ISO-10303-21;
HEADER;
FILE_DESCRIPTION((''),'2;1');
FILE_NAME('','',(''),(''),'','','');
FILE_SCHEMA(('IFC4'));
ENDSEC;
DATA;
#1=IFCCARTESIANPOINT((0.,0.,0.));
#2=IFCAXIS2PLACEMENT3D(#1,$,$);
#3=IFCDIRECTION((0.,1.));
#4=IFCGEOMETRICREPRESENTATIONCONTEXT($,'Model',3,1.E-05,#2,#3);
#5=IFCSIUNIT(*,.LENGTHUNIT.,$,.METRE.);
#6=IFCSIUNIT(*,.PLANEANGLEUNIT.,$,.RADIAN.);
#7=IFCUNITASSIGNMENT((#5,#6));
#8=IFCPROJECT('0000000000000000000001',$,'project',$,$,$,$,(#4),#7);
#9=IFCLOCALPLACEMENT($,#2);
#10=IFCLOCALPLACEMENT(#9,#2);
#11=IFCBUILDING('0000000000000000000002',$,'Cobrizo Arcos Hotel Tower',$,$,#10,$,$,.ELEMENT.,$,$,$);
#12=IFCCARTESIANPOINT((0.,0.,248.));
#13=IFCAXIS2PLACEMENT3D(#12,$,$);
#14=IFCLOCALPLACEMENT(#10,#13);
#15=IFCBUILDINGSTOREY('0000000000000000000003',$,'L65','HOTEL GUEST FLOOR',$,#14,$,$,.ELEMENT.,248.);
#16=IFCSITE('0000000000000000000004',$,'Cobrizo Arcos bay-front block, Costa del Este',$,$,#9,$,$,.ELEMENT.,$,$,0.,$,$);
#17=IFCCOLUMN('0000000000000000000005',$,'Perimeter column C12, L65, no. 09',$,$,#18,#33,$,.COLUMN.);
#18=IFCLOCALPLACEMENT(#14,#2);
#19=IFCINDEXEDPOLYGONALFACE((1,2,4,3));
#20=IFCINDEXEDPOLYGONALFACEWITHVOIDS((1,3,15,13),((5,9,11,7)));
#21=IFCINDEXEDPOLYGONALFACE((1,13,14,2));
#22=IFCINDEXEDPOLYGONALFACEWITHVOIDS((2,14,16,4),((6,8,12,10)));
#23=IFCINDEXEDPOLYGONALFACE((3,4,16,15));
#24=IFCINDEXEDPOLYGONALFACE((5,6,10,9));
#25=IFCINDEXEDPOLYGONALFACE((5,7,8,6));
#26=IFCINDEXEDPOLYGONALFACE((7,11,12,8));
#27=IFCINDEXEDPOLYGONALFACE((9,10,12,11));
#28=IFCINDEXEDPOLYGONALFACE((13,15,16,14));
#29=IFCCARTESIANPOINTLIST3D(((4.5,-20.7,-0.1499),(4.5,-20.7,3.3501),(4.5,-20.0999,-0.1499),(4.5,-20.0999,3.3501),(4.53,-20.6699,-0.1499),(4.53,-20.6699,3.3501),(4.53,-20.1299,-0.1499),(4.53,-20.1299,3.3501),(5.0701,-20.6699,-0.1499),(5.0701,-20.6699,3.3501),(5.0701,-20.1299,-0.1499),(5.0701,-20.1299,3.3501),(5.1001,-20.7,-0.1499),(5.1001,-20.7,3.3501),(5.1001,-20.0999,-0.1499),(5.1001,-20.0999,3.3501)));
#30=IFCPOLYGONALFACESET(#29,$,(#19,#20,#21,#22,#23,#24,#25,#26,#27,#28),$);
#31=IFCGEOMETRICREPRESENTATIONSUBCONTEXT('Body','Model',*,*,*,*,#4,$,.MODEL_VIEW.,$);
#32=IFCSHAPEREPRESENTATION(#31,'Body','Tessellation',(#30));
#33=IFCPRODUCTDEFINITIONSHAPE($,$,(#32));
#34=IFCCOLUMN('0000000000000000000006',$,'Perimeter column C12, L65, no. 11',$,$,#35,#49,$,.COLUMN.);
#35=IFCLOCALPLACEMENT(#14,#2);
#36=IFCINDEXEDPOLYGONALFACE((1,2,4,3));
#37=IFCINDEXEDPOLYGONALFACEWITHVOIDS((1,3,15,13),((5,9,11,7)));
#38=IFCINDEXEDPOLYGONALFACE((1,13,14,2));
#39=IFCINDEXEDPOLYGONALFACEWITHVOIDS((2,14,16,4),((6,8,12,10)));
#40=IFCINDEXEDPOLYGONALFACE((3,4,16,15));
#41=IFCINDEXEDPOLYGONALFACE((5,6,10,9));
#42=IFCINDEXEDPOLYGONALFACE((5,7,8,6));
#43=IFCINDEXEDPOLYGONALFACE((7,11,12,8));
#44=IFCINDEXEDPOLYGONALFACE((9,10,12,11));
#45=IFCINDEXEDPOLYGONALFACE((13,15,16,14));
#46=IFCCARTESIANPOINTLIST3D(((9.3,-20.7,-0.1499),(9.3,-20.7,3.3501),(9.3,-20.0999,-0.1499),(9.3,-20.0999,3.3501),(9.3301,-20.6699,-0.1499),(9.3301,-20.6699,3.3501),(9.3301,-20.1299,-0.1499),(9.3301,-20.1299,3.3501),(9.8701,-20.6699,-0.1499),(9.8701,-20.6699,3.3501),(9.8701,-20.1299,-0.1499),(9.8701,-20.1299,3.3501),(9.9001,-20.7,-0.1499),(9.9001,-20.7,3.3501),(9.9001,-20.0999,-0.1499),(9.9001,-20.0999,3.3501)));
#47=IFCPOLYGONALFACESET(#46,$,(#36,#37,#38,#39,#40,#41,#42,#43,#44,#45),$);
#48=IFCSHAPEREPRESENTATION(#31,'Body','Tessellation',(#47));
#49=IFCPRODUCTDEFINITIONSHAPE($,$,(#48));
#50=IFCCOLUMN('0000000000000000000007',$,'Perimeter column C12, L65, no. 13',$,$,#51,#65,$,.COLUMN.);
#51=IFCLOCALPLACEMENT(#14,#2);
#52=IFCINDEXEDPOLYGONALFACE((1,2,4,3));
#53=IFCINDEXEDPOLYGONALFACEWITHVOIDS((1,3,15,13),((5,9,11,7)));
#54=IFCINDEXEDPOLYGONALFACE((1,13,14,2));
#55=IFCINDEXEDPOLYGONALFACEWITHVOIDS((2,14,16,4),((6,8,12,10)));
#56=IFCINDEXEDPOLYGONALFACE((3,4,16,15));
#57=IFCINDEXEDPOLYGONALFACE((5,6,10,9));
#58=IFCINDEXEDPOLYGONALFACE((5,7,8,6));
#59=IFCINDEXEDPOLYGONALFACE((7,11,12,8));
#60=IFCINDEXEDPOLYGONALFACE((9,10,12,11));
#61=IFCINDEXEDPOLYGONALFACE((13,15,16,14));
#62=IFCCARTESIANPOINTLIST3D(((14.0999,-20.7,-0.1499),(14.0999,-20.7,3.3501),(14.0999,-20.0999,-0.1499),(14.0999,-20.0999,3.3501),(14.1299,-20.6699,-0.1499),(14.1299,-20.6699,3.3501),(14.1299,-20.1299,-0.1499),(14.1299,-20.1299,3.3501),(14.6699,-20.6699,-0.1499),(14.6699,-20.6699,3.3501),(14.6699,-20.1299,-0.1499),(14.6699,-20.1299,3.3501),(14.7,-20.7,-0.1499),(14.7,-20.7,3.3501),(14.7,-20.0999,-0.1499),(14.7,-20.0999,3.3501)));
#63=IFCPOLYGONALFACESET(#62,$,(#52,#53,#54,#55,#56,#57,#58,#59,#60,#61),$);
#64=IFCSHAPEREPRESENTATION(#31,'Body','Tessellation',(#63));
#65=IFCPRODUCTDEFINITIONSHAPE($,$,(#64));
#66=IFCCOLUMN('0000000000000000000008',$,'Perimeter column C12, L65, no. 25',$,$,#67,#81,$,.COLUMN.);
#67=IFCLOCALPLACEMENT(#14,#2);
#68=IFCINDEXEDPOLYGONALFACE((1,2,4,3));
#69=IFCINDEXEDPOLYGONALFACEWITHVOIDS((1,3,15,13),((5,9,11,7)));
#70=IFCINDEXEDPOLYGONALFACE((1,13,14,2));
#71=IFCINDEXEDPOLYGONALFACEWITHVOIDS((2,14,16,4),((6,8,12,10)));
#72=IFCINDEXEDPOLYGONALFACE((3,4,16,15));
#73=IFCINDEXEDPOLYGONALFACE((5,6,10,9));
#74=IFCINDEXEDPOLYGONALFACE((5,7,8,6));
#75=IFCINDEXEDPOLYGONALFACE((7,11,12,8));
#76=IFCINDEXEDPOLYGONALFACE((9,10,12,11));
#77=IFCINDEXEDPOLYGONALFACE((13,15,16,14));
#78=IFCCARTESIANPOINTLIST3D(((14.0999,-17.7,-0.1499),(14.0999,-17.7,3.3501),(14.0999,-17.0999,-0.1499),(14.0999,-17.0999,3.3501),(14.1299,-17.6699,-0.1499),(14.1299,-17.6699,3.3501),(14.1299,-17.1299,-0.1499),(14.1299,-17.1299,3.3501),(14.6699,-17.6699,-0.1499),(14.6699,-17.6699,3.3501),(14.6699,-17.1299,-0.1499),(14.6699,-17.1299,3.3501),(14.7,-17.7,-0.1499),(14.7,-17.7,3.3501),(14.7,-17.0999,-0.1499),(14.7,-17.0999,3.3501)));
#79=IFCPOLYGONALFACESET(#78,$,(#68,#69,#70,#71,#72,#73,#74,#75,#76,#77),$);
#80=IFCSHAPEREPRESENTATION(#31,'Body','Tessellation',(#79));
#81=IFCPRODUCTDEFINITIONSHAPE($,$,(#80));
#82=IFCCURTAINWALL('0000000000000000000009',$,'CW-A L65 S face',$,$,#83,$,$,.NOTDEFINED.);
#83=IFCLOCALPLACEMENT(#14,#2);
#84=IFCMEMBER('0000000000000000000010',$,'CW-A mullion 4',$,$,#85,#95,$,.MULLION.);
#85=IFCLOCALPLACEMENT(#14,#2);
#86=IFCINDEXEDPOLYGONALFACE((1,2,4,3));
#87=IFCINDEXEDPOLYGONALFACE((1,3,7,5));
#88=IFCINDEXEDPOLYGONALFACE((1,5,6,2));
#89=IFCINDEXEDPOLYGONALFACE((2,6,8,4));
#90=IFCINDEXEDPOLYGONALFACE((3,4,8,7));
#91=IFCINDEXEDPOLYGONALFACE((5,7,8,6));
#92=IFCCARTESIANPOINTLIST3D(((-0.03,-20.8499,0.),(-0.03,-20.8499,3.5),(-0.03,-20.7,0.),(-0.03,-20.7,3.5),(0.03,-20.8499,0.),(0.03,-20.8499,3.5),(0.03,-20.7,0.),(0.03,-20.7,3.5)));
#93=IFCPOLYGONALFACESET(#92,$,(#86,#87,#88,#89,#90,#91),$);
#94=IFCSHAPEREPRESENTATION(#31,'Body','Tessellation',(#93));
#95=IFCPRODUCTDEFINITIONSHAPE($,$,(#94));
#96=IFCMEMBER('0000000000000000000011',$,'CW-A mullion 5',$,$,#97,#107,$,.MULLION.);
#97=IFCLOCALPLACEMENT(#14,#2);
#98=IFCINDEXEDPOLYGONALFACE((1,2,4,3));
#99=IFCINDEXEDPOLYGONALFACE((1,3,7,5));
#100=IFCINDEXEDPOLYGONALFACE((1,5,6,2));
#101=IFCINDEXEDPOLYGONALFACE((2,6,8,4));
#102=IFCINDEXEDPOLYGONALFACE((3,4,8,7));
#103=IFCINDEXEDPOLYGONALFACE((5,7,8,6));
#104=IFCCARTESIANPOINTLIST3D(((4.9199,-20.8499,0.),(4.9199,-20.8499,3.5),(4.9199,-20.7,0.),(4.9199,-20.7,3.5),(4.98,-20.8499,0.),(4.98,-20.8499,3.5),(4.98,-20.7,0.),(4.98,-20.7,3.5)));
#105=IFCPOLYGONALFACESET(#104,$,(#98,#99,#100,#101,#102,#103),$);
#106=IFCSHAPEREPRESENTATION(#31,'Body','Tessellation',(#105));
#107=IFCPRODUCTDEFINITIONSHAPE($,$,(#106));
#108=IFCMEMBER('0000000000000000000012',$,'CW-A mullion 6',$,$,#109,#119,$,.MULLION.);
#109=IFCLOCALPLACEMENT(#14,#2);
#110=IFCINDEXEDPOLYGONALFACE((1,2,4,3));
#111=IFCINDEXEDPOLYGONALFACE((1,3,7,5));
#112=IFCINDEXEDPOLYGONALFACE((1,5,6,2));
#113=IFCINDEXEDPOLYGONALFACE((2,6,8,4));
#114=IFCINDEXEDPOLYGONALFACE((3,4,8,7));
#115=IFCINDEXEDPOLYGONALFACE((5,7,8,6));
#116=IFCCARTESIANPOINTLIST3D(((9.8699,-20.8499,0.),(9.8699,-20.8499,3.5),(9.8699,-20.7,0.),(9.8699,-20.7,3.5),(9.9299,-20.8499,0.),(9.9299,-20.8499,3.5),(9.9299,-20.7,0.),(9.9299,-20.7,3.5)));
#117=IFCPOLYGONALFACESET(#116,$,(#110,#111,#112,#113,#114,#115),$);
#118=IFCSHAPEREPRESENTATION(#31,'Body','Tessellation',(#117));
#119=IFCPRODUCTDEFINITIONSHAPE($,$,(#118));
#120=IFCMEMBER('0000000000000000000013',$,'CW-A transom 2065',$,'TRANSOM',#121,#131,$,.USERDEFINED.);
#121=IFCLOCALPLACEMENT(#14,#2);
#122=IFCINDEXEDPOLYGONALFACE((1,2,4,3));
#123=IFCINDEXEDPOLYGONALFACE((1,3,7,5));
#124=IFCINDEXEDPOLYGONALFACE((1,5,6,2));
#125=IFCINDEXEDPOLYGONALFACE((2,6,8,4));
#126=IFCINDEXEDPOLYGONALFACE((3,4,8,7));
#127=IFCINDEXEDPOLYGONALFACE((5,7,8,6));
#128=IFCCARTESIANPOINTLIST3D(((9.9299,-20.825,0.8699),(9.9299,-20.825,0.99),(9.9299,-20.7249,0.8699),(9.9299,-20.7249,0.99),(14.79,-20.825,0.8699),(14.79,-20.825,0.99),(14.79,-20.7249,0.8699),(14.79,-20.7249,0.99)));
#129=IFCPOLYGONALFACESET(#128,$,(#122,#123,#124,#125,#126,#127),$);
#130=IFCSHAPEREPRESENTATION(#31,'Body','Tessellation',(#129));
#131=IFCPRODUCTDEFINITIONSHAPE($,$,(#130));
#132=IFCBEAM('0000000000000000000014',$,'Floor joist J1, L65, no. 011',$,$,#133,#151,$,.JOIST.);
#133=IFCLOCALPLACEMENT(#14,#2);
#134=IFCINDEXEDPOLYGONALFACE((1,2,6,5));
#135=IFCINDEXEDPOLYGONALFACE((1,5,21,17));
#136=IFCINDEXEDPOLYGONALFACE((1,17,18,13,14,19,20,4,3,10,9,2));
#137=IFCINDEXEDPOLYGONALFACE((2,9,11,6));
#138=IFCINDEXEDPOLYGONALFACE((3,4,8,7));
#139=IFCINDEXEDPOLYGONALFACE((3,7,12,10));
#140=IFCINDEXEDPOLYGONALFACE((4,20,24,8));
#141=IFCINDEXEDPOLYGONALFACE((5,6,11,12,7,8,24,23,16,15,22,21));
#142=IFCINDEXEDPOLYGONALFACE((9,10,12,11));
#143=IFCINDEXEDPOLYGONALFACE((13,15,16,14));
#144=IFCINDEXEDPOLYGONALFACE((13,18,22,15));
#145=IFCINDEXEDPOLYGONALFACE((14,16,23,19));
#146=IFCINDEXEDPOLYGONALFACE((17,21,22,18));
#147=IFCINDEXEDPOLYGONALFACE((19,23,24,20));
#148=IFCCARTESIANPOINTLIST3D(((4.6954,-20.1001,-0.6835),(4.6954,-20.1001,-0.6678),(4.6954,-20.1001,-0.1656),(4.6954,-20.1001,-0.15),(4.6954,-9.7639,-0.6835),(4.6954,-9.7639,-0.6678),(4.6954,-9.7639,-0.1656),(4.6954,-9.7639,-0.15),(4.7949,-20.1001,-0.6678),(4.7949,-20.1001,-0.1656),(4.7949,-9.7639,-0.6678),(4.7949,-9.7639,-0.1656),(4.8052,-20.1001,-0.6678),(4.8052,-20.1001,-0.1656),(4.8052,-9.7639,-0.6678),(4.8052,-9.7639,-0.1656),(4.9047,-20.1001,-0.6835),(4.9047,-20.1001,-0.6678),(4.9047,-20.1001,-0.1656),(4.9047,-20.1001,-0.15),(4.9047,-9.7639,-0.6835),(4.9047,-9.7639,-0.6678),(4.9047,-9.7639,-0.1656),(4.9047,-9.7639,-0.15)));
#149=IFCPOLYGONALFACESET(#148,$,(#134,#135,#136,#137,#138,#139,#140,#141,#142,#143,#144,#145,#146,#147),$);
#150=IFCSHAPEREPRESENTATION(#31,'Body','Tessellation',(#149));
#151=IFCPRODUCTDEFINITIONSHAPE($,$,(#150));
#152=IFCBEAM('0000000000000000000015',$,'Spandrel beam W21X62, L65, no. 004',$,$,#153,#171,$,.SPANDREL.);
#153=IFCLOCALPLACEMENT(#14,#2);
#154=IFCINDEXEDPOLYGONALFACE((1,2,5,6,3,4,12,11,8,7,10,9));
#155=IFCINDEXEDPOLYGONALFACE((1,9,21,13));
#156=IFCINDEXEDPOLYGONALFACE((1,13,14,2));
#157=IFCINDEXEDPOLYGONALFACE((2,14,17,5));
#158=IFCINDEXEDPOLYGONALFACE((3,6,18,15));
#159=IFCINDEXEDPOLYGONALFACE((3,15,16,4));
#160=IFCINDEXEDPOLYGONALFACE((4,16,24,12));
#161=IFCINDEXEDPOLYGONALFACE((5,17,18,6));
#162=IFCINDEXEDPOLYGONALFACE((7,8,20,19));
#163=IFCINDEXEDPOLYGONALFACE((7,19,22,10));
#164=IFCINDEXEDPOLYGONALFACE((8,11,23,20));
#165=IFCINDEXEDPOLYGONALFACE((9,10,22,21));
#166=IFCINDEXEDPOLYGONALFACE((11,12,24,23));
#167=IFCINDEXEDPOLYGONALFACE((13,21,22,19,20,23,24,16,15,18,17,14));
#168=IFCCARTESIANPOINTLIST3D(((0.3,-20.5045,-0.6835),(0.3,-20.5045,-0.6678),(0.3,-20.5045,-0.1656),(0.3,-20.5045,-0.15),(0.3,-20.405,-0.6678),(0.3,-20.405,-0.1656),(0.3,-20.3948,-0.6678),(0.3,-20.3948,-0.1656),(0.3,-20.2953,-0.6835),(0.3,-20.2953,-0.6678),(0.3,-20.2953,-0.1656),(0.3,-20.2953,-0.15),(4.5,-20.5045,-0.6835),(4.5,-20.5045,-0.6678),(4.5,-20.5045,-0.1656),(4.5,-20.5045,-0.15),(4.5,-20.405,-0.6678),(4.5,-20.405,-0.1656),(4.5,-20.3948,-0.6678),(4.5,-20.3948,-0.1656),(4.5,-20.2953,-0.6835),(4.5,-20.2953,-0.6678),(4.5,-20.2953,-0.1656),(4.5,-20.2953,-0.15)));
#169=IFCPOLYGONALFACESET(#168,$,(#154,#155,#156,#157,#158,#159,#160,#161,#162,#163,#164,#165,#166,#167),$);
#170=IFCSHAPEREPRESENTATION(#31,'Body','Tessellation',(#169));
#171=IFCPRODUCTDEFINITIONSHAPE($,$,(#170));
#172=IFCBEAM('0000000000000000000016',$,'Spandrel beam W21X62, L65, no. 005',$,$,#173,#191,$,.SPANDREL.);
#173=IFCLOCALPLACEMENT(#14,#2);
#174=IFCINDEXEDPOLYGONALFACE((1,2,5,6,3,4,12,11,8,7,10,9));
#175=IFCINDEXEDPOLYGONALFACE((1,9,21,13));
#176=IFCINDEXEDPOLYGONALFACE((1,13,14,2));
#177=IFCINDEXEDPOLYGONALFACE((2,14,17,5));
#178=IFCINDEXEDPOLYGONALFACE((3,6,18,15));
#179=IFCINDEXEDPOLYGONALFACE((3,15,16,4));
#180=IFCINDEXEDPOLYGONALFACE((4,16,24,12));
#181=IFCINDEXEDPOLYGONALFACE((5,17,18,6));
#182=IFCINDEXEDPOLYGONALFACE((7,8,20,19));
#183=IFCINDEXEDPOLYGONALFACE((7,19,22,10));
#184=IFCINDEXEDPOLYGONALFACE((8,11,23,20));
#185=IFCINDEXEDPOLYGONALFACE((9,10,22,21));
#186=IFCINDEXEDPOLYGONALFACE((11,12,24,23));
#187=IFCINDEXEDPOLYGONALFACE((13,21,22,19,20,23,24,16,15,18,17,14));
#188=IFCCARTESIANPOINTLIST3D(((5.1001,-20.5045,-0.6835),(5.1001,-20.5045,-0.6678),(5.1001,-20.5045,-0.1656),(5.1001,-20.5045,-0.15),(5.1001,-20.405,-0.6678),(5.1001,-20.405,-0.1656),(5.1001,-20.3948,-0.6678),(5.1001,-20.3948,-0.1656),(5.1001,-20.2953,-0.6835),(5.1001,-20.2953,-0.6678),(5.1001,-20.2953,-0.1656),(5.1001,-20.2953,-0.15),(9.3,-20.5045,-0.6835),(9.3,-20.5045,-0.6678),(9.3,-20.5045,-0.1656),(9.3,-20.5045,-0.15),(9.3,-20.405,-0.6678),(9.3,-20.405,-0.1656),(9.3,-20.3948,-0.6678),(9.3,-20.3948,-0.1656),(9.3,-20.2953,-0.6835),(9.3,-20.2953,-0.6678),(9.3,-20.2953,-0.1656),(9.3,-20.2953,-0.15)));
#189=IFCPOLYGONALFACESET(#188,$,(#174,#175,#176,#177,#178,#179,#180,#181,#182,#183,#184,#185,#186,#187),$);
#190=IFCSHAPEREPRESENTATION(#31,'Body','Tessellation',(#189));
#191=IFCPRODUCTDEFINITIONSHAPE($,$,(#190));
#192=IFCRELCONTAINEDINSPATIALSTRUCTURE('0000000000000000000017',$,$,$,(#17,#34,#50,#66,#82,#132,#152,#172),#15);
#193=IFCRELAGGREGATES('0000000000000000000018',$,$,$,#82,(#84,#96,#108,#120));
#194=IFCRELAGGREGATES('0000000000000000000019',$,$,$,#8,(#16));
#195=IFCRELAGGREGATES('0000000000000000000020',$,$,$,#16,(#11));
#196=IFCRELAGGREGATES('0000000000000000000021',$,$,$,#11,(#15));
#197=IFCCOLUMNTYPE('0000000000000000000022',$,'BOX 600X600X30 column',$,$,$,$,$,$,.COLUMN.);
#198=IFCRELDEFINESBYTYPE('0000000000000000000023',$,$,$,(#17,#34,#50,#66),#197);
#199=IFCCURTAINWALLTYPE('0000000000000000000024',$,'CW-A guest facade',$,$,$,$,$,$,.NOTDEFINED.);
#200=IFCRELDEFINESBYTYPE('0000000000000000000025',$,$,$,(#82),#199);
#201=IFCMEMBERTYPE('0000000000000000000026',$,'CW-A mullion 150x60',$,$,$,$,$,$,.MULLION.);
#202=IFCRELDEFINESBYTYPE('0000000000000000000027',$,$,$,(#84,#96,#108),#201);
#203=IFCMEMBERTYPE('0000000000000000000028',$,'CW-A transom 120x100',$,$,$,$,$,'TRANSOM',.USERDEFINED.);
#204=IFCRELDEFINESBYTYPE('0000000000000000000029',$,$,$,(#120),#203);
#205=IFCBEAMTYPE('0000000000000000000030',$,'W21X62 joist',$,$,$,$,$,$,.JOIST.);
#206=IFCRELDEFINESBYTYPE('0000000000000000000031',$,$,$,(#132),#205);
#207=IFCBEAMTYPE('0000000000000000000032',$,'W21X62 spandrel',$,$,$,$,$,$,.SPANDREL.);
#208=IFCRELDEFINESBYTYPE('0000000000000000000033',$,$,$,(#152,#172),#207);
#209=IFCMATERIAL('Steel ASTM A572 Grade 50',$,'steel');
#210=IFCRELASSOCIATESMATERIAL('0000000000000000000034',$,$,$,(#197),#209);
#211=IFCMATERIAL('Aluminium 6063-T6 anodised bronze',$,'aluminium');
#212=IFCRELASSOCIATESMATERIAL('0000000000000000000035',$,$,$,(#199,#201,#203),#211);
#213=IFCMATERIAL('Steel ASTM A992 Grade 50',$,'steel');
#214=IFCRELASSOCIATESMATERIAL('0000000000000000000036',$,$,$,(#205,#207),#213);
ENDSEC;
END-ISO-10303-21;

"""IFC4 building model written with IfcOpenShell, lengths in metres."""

from ifc_helpers import new_model, si_unit, direction, frame, origin, origin_2d, place, context, subcontext, project, spatial, rectangle, hollow_rectangle, i_section, extrude, material, material_profile, profile_set, type_object, element, aggregate, save


model = new_model("IFC4")

# Units and contexts
model_context = context("Model", 3, precision=1e-05, world=origin(), true_north=direction((0.0, 1.0)))
body_context = subcontext(model_context, "Body", "Model", "MODEL_VIEW")
ifc_project = project(units=[si_unit("LENGTHUNIT", "METRE"), si_unit("PLANEANGLEUNIT", "RADIAN")], contexts=[model_context])

# Site, building, storey
site_placement = place(None, origin())
site = spatial("IfcSite", under=ifc_project, at=site_placement, Name="Cobrizo Arcos bay-front block, Costa del Este", CompositionType="ELEMENT", RefElevation=0.0)
building_placement = place(site_placement, origin())
building = spatial("IfcBuilding", under=site, at=building_placement, Name="Cobrizo Arcos Hotel Tower", CompositionType="ELEMENT")
storey_placement = place(building_placement, frame((0.0, 0.0, 248.0)))
storey = spatial("IfcBuildingStorey", under=building, at=storey_placement, Name="L65", Description="HOTEL GUEST FLOOR", CompositionType="ELEMENT", Elevation=248.0)

# Columns
ifc_material_1 = material(Name="Steel ASTM A572 Grade 50", Category="steel")
ifc_material_profile_1 = material_profile(ifc_material_1, hollow_rectangle(XDim=0.6001, YDim=0.6001, WallThickness=0.03, at=origin_2d()), Name="BOX 600X600X30")
ifc_profile_set_1 = profile_set([ifc_material_profile_1], Name="Steel ASTM A572 Grade 50")
column_type = type_object("IfcColumnType", Name="BOX 600X600X30 column", PredefinedType="COLUMN", material=ifc_profile_set_1)
for number, where, z_axis, x_axis, name in (
    (1, (4.8, -20.3999, -0.1499), (0.0, 0.0, 1.0), (1.0, 0.0, 0.0), "Perimeter column C12, L65, no. 09"),
    (2, (9.6001, -20.3999, -0.1499), (0.0, 0.0, 1.0), (1.0, 0.0, 0.0), "Perimeter column C12, L65, no. 11"),
    (3, (14.3999, -20.3999, -0.1499), (0.0, 0.0, 1.0), (1.0, 0.0, 0.0), "Perimeter column C12, L65, no. 13"),
    (4, (14.3999, -17.3999, -0.1499), (0.0, 0.0, 1.0), (1.0, 0.0, 0.0), "Perimeter column C12, L65, no. 25"),
):
    element("IfcColumn", number, at=place(storey_placement, frame(where, z_axis=z_axis, x_axis=x_axis)), inside=storey, type_object=column_type, Name=name, PredefinedType="COLUMN", context=body_context, shape_type="SweptSolid", body=[
        extrude(hollow_rectangle(XDim=0.6001, YDim=0.6001, WallThickness=0.03, at=origin_2d()), origin(), (0.0, 0.0, 1.0), 3.5),
    ])

# Curtain wall, members
ifc_material_2 = material(Name="Aluminium 6063-T6 anodised bronze", Category="aluminium")
curtain_wall_type = type_object("IfcCurtainWallType", Name="CW-A guest facade", PredefinedType="NOTDEFINED", material=ifc_material_2)
curtain_wall_placement = place(storey_placement, origin())
curtain_wall = element("IfcCurtainWall", 5, at=curtain_wall_placement, inside=storey, type_object=curtain_wall_type, Name="CW-A L65 S face", PredefinedType="NOTDEFINED")
ifc_material_profile_2 = material_profile(ifc_material_2, rectangle(XDim=0.1499, YDim=0.0601, at=origin_2d()), Name="CW-A mullion 150x60")
ifc_profile_set_2 = profile_set([ifc_material_profile_2], Name="Aluminium 6063-T6 anodised bronze")
member_type_1 = type_object("IfcMemberType", Name="CW-A mullion 150x60", PredefinedType="MULLION", material=ifc_profile_set_2)
member_1_placement = place(storey_placement, frame((0.0, -20.7749, 0.0), z_axis=(0.0, 0.0, 1.0), x_axis=(0.0, -1.0, 0.0)))
member_1 = element("IfcMember", 6, at=member_1_placement, type_object=member_type_1, Name="CW-A mullion 4", PredefinedType="MULLION", context=body_context, shape_type="SweptSolid", body=[
    extrude(rectangle(XDim=0.1499, YDim=0.0601, at=origin_2d()), origin(), (0.0, 0.0, 1.0), 3.5),
])
member_2_placement = place(storey_placement, frame((4.95, -20.7749, 0.0), z_axis=(0.0, 0.0, 1.0), x_axis=(0.0, -1.0, 0.0)))
member_2 = element("IfcMember", 7, at=member_2_placement, type_object=member_type_1, Name="CW-A mullion 5", PredefinedType="MULLION", context=body_context, shape_type="SweptSolid", body=[
    extrude(rectangle(XDim=0.1499, YDim=0.0601, at=origin_2d()), origin(), (0.0, 0.0, 1.0), 3.5),
])
member_3_placement = place(storey_placement, frame((9.8999, -20.7749, 0.0), z_axis=(0.0, 0.0, 1.0), x_axis=(0.0, -1.0, 0.0)))
member_3 = element("IfcMember", 8, at=member_3_placement, type_object=member_type_1, Name="CW-A mullion 6", PredefinedType="MULLION", context=body_context, shape_type="SweptSolid", body=[
    extrude(rectangle(XDim=0.1499, YDim=0.0601, at=origin_2d()), origin(), (0.0, 0.0, 1.0), 3.5),
])
ifc_material_profile_3 = material_profile(ifc_material_2, rectangle(XDim=0.1001, YDim=0.1201, at=origin_2d()), Name="CW-A transom 120x100")
ifc_profile_set_3 = profile_set([ifc_material_profile_3], Name="Aluminium 6063-T6 anodised bronze")
member_type_2 = type_object("IfcMemberType", Name="CW-A transom 120x100", ElementType="TRANSOM", PredefinedType="USERDEFINED", material=ifc_profile_set_3)
member_4_placement = place(storey_placement, frame((9.9299, -20.7749, 0.9299), z_axis=(1.0, 0.0, 0.0), x_axis=(0.0, 1.0, 0.0)))
member_4 = element("IfcMember", 9, at=member_4_placement, type_object=member_type_2, Name="CW-A transom 2065", ObjectType="TRANSOM", PredefinedType="USERDEFINED", context=body_context, shape_type="SweptSolid", body=[
    extrude(rectangle(XDim=0.1001, YDim=0.1201, at=origin_2d()), origin(), (0.0, 0.0, 1.0), 4.8601),
])

# Beams
ifc_material_3 = material(Name="Steel ASTM A992 Grade 50", Category="steel")
ifc_material_profile_4 = material_profile(ifc_material_3, i_section(OverallWidth=0.2092, OverallDepth=0.5334, WebThickness=0.0103, FlangeThickness=0.0156, at=origin_2d()), Name="W21X62")
ifc_profile_set_4 = profile_set([ifc_material_profile_4], Name="Steel ASTM A992 Grade 50")
beam_type_1 = type_object("IfcBeamType", Name="W21X62 joist", PredefinedType="JOIST", material=ifc_profile_set_4)
beam_1_placement = place(storey_placement, frame((4.8, -20.1001, -0.4167), z_axis=(0.0, 1.0, 0.0), x_axis=(-1.0, 0.0, 0.0)))
element("IfcBeam", 10, at=beam_1_placement, inside=storey, type_object=beam_type_1, Name="Floor joist J1, L65, no. 011", PredefinedType="JOIST", context=body_context, shape_type="SweptSolid", body=[
    extrude(i_section(OverallWidth=0.2092, OverallDepth=0.5334, WebThickness=0.0103, FlangeThickness=0.0156, at=origin_2d()), origin(), (0.0, 0.0, 1.0), 10.3362),
])
ifc_material_profile_5 = material_profile(ifc_material_3, i_section(OverallWidth=0.2092, OverallDepth=0.5334, WebThickness=0.0103, FlangeThickness=0.0156, at=origin_2d()), Name="W21X62")
ifc_profile_set_5 = profile_set([ifc_material_profile_5], Name="Steel ASTM A992 Grade 50")
beam_type_2 = type_object("IfcBeamType", Name="W21X62 spandrel", PredefinedType="SPANDREL", material=ifc_profile_set_5)
for number, where, z_axis, x_axis, name in (
    (11, (0.3, -20.3999, -0.4167), (1.0, 0.0, 0.0), (0.0, 1.0, 0.0), "Spandrel beam W21X62, L65, no. 004"),
    (12, (5.1001, -20.3999, -0.4167), (1.0, 0.0, 0.0), (0.0, 1.0, 0.0), "Spandrel beam W21X62, L65, no. 005"),
):
    element("IfcBeam", number, at=place(storey_placement, frame(where, z_axis=z_axis, x_axis=x_axis)), inside=storey, type_object=beam_type_2, Name=name, PredefinedType="SPANDREL", context=body_context, shape_type="SweptSolid", body=[
        extrude(i_section(OverallWidth=0.2092, OverallDepth=0.5334, WebThickness=0.0103, FlangeThickness=0.0156, at=origin_2d()), origin(), (0.0, 0.0, 1.0), 4.2),
    ])

aggregate(curtain_wall, [member_1, member_2, member_3, member_4])

save(model, "model.ifc")
